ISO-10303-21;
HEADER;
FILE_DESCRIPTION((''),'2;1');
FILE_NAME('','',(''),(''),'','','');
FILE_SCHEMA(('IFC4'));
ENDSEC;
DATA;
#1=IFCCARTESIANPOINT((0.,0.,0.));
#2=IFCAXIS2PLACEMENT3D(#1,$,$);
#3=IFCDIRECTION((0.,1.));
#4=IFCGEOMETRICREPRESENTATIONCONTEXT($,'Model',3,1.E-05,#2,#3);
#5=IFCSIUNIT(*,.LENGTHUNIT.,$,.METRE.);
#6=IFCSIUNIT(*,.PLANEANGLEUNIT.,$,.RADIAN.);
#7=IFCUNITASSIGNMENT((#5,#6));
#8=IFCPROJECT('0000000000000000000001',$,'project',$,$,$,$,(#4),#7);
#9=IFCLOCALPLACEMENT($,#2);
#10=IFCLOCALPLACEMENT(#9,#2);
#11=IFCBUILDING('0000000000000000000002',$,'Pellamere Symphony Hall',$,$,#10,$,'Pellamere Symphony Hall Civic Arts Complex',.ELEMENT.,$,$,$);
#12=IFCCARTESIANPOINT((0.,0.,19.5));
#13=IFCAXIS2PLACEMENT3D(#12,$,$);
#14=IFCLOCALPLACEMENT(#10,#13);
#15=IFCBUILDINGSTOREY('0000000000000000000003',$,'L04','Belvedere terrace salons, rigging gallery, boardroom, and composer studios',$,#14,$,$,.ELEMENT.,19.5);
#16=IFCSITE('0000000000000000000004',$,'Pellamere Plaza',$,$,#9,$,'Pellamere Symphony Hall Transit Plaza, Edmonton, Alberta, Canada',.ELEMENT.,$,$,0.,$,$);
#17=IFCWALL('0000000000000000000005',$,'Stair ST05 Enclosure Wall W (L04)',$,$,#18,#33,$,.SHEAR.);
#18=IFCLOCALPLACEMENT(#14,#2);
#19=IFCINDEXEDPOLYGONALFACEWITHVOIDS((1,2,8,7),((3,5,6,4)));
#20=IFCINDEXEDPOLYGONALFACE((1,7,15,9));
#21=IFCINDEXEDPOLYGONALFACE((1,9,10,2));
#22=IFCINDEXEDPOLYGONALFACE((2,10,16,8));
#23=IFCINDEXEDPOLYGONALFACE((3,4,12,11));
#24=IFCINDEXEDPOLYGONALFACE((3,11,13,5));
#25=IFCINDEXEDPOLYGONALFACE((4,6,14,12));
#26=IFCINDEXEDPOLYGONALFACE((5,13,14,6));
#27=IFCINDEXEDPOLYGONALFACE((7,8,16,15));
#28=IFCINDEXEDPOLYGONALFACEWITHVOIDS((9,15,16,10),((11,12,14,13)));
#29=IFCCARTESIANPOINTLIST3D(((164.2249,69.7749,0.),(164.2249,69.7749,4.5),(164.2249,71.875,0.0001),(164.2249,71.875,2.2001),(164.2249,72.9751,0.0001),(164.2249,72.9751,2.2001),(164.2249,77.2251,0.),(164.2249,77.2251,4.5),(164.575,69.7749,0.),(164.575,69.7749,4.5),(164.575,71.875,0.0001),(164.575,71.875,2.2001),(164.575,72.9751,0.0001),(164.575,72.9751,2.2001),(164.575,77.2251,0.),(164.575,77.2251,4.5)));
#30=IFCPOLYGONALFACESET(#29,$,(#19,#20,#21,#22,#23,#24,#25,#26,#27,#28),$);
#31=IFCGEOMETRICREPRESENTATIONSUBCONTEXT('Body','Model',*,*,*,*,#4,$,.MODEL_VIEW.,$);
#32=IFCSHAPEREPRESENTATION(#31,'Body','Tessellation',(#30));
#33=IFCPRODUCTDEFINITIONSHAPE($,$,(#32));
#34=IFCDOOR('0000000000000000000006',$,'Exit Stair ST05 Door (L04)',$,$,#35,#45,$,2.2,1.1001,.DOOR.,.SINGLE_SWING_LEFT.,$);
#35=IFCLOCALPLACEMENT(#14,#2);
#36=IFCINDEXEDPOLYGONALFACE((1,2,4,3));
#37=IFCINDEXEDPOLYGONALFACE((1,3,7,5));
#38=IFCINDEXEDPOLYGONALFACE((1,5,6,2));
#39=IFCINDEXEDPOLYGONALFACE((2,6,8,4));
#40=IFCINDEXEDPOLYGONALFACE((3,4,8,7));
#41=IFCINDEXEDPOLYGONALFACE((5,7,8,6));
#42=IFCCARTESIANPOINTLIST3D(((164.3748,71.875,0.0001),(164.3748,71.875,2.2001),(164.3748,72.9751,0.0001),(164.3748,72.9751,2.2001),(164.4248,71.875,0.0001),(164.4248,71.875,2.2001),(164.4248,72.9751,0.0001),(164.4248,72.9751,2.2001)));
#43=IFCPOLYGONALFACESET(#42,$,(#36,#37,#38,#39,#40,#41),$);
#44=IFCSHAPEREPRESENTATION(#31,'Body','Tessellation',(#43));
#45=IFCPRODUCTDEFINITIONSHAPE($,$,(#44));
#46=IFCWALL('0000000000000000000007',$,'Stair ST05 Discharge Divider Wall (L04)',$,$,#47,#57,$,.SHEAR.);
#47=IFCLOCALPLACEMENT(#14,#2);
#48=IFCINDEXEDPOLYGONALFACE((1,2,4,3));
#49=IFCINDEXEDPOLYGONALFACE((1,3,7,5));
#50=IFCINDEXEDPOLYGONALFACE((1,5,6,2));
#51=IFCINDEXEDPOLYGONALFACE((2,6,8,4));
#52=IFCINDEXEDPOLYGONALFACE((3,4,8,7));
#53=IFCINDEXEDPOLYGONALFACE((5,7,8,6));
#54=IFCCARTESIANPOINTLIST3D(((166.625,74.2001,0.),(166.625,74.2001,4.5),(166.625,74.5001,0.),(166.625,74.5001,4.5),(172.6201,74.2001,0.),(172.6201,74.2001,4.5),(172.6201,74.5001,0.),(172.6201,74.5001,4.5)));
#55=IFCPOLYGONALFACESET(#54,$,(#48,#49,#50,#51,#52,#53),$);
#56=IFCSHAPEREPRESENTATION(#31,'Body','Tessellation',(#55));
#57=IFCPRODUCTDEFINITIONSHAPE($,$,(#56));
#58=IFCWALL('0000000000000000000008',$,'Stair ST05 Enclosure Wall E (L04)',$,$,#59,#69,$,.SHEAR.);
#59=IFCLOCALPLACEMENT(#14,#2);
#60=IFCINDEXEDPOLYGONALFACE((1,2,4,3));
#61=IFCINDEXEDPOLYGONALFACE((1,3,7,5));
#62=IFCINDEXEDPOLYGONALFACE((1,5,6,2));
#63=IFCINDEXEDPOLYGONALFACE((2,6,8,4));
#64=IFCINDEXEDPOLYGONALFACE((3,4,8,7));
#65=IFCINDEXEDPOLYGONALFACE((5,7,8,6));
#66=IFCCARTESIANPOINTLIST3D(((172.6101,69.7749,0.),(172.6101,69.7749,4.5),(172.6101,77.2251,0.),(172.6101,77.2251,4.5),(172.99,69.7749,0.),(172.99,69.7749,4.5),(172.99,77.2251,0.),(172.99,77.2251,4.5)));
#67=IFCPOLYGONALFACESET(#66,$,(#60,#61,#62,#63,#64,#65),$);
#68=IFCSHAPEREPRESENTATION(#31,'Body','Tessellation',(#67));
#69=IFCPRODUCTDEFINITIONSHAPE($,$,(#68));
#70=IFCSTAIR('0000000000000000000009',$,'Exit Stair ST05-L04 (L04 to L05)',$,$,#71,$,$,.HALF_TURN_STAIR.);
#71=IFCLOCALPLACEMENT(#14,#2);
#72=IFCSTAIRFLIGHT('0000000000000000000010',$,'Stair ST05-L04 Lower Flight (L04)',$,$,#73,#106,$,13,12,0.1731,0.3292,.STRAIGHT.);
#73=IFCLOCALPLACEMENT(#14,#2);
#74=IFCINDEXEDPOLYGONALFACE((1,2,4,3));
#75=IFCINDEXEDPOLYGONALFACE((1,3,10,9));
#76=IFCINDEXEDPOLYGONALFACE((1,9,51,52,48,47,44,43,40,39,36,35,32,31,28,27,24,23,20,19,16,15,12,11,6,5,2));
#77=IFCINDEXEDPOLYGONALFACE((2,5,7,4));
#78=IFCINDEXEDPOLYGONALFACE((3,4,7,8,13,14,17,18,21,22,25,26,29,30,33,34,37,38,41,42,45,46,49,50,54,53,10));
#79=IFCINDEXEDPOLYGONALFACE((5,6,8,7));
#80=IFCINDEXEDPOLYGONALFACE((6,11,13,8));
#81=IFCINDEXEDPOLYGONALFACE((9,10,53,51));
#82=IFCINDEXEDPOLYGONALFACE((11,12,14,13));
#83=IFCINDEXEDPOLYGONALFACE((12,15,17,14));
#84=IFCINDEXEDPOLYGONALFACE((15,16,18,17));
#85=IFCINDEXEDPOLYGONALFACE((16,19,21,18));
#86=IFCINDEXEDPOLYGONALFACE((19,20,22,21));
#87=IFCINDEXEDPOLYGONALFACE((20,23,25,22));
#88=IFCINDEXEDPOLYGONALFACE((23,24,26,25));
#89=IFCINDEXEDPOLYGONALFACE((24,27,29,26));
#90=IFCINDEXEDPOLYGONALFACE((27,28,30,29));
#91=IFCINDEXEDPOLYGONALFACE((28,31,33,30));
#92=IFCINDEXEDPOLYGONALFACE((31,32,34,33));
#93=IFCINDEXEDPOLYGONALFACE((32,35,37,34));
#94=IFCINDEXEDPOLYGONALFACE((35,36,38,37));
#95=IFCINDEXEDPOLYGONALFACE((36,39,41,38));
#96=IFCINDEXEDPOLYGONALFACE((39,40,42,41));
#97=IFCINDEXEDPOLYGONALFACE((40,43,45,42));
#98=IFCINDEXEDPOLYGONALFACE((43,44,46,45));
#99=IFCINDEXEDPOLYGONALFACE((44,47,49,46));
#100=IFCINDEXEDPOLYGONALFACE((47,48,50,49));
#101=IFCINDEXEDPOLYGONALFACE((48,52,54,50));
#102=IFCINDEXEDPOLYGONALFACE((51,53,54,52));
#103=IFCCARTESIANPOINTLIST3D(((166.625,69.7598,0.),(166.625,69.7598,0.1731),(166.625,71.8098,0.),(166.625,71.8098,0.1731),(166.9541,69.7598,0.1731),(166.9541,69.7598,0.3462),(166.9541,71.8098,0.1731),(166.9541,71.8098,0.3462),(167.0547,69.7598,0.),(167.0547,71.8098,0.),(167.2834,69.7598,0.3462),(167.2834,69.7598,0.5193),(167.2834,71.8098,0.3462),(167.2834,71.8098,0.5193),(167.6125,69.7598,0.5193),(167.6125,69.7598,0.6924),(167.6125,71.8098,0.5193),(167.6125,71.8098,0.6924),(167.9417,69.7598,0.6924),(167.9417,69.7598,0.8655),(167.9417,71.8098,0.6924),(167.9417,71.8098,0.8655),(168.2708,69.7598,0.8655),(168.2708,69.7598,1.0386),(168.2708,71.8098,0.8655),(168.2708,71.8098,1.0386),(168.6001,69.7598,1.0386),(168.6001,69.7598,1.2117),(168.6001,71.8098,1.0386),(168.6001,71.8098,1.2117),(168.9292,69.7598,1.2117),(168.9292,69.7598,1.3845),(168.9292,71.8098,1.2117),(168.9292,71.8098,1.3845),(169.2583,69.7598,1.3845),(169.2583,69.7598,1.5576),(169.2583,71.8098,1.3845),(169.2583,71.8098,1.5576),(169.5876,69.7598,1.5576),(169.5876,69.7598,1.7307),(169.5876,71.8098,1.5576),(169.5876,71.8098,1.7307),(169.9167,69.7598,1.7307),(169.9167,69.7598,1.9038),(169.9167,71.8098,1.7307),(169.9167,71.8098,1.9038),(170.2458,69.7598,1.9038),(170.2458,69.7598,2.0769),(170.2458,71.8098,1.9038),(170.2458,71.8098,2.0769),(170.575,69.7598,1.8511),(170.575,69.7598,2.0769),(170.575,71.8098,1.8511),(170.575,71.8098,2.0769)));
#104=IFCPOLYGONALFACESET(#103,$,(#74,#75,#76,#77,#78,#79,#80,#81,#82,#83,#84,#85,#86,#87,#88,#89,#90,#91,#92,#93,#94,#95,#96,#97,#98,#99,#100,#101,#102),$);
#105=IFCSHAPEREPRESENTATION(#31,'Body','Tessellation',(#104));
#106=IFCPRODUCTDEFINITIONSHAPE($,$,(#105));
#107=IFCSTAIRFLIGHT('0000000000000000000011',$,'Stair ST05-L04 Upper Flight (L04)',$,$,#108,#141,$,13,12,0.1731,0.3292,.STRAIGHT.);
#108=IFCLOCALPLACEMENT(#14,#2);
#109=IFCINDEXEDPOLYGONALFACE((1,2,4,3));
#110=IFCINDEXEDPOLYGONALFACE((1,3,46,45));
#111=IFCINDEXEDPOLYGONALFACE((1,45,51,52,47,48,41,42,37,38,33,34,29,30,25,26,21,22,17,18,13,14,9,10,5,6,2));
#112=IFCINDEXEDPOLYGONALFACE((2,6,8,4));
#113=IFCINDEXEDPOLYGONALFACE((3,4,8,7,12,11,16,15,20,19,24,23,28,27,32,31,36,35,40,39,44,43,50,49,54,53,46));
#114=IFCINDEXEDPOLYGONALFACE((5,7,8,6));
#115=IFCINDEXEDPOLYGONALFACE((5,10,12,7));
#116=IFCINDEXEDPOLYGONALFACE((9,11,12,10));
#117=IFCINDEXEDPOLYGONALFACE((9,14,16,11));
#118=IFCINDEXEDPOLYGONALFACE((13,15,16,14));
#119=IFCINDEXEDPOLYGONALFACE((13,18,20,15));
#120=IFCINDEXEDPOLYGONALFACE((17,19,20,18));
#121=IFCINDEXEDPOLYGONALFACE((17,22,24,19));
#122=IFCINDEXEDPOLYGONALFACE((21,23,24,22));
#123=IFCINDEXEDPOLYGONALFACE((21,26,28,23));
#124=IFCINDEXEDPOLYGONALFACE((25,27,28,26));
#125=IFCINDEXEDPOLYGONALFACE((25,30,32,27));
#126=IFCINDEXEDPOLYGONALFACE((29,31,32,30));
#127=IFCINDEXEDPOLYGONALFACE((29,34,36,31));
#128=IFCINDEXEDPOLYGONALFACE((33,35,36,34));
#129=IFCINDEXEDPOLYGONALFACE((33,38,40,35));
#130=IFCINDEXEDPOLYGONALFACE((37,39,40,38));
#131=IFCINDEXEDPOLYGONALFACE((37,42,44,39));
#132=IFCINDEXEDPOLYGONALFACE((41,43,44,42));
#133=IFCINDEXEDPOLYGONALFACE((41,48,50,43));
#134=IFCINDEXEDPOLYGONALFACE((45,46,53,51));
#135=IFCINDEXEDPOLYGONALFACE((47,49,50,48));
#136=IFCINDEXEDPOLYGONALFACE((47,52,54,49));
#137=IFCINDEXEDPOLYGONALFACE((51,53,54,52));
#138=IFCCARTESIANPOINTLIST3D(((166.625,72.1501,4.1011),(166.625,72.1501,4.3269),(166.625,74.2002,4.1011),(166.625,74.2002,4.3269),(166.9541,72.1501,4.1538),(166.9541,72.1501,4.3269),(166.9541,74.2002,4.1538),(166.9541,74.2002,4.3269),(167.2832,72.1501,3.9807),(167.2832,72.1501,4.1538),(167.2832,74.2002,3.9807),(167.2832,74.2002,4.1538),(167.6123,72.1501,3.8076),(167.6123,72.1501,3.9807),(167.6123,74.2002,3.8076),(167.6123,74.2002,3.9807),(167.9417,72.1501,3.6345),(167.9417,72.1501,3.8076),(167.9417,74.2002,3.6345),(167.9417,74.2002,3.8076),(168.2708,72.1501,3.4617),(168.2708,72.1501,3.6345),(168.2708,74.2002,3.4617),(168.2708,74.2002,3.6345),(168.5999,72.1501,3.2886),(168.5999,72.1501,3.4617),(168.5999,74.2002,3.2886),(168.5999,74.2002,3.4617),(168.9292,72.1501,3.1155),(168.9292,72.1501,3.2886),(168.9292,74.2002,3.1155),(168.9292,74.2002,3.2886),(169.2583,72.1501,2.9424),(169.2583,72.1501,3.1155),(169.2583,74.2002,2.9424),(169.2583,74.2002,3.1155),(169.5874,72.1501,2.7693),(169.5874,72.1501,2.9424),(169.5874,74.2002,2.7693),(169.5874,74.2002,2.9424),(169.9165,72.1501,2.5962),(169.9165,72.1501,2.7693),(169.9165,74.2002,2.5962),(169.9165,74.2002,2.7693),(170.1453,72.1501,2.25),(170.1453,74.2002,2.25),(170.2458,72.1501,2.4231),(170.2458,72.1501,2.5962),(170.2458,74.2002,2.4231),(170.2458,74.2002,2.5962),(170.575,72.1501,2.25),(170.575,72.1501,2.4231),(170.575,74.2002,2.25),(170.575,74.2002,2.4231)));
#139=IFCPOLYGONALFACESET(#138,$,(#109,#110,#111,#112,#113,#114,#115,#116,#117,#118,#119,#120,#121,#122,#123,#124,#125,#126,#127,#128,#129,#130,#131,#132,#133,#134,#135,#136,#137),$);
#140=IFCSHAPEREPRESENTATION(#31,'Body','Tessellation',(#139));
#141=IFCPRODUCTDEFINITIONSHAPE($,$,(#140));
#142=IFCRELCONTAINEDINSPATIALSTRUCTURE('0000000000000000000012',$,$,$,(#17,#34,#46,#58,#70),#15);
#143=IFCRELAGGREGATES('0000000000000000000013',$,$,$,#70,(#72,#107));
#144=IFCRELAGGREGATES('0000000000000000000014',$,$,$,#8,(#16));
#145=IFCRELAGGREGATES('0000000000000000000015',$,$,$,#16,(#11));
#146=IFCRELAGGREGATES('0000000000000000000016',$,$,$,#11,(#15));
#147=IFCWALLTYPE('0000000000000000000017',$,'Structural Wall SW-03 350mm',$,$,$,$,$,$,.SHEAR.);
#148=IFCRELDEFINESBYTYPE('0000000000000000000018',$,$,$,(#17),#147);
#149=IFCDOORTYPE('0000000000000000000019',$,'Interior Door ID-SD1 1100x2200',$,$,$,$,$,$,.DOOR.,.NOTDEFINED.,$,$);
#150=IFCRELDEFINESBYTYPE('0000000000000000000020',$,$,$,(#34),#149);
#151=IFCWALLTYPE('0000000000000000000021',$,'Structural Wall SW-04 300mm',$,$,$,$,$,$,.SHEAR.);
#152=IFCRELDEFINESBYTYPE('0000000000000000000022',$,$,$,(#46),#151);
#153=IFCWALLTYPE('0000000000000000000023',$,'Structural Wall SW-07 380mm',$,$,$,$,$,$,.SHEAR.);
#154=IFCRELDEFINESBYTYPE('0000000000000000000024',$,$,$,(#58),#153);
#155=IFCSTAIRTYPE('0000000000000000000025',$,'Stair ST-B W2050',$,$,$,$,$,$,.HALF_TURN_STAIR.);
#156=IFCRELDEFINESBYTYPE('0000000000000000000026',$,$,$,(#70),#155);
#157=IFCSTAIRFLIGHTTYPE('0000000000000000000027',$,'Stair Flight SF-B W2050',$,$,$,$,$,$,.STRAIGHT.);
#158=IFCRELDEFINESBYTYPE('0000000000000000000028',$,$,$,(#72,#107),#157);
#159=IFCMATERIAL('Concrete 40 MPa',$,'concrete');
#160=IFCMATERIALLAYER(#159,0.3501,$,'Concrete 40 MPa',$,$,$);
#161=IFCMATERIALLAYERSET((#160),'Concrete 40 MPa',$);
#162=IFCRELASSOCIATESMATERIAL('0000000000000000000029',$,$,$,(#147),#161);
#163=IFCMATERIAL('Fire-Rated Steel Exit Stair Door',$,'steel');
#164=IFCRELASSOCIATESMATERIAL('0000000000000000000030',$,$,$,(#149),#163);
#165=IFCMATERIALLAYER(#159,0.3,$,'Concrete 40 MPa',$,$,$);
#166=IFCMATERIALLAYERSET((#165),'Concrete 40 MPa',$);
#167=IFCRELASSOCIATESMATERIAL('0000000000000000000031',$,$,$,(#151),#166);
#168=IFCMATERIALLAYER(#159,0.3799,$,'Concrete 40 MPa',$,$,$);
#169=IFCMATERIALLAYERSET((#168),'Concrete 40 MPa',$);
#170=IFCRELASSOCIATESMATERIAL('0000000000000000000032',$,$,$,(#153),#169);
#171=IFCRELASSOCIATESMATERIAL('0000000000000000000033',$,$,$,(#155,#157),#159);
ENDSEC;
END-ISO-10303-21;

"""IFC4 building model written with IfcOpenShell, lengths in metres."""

from ifc_helpers import new_model, si_unit, direction, frame, frame_2d, origin, place, context, subcontext, project, spatial, polyline, rectangle, outline, extrude, material, layer, layer_set, type_object, element, fill, aggregate, save


model = new_model("IFC4")

# Units and contexts
model_context = context("Model", 3, precision=1e-05, world=origin(), true_north=direction((0.0, 1.0)))
body_context = subcontext(model_context, "Body", "Model", "MODEL_VIEW")
ifc_project = project(units=[si_unit("LENGTHUNIT", "METRE"), si_unit("PLANEANGLEUNIT", "RADIAN")], contexts=[model_context])

# Site, building, storey
site_placement = place(None, origin())
site = spatial("IfcSite", under=ifc_project, at=site_placement, Name="Pellamere Plaza", LongName="Pellamere Symphony Hall Transit Plaza, Edmonton, Alberta, Canada", CompositionType="ELEMENT", RefElevation=0.0)
building_placement = place(site_placement, origin())
building = spatial("IfcBuilding", under=site, at=building_placement, Name="Pellamere Symphony Hall", LongName="Pellamere Symphony Hall Civic Arts Complex", CompositionType="ELEMENT")
storey_placement = place(building_placement, frame((0.0, 0.0, 19.5)))
storey = spatial("IfcBuildingStorey", under=building, at=storey_placement, Name="L04", Description="Belvedere terrace salons, rigging gallery, boardroom, and composer studios", CompositionType="ELEMENT", Elevation=19.5)

# Shared definitions
ifc_material_1 = material(Name="Concrete 40 MPa", Category="concrete")

# Shared definitions
ifc_layer_1 = layer(ifc_material_1, 0.3501, Name="Concrete 40 MPa")
ifc_layer_set_1 = layer_set([ifc_layer_1], Name="Concrete 40 MPa")
wall_type_1 = type_object("IfcWallType", Name="Structural Wall SW-03 350mm", PredefinedType="SHEAR", material=ifc_layer_set_1)

# Wall, opening, door
wall_1_placement = place(storey_placement, frame((164.3999, 69.7749, 0.0), z_axis=(0.0, 0.0, 1.0), x_axis=(0.0, 1.0, 0.0)))
wall_1 = element("IfcWall", 1, at=wall_1_placement, inside=storey, type_object=wall_type_1, Name="Stair ST05 Enclosure Wall W (L04)", PredefinedType="SHEAR", context=body_context, shape_type="SweptSolid", body=[
    extrude(rectangle(XDim=7.4502, YDim=0.3501, at=frame_2d((3.7251, 0.0))), origin(), (0.0, 0.0, 1.0), 4.5),
])
opening_placement = place(wall_1_placement, frame((2.1001, 0.0, 0.0)))
opening = element("IfcOpeningElement", 2, at=opening_placement, cuts=wall_1, PredefinedType="OPENING", context=body_context, shape_type="SweptSolid", body=[
    extrude(rectangle(XDim=1.1001, YDim=2.2, at=frame_2d((0.55, 1.1001))), frame((0.0, 0.1851, 0.0), z_axis=(0.0, -1.0, 0.0), x_axis=(1.0, 0.0, 0.0)), (0.0, 0.0, 1.0), 0.3701),
])
ifc_material_2 = material(Name="Fire-Rated Steel Exit Stair Door", Category="steel")
door_type = type_object("IfcDoorType", Name="Interior Door ID-SD1 1100x2200", OperationType="NOTDEFINED", PredefinedType="DOOR", material=ifc_material_2)
door_placement = place(opening_placement, frame((1.1001, 0.0, 0.0), z_axis=(0.0, 0.0, 1.0), x_axis=(-1.0, 0.0, 0.0)))
door = element("IfcDoor", 3, at=door_placement, inside=storey, type_object=door_type, Name="Exit Stair ST05 Door (L04)", OperationType="SINGLE_SWING_LEFT", OverallHeight=2.2, OverallWidth=1.1001, PredefinedType="DOOR", context=body_context, shape_type="SweptSolid", body=[
    extrude(rectangle(XDim=1.1001, YDim=2.2, at=frame_2d((0.55, 1.1001))), frame((0.0, 0.0249, 0.0), z_axis=(0.0, -1.0, 0.0), x_axis=(1.0, 0.0, 0.0)), (0.0, 0.0, 1.0), 0.05),
])
fill(opening, door)

# Walls
ifc_layer_2 = layer(ifc_material_1, 0.3, Name="Concrete 40 MPa")
ifc_layer_set_2 = layer_set([ifc_layer_2], Name="Concrete 40 MPa")
wall_type_2 = type_object("IfcWallType", Name="Structural Wall SW-04 300mm", PredefinedType="SHEAR", material=ifc_layer_set_2)
wall_2_placement = place(storey_placement, frame((166.625, 74.3501, 0.0), z_axis=(0.0, 0.0, 1.0), x_axis=(1.0, 0.0, 0.0)))
element("IfcWall", 4, at=wall_2_placement, inside=storey, type_object=wall_type_2, Name="Stair ST05 Discharge Divider Wall (L04)", PredefinedType="SHEAR", context=body_context, shape_type="SweptSolid", body=[
    extrude(rectangle(XDim=5.9951, YDim=0.3, at=frame_2d((2.9976, 0.0))), origin(), (0.0, 0.0, 1.0), 4.5),
])
ifc_layer_3 = layer(ifc_material_1, 0.3799, Name="Concrete 40 MPa")
ifc_layer_set_3 = layer_set([ifc_layer_3], Name="Concrete 40 MPa")
wall_type_3 = type_object("IfcWallType", Name="Structural Wall SW-07 380mm", PredefinedType="SHEAR", material=ifc_layer_set_3)
wall_3_placement = place(storey_placement, frame((172.8, 69.7749, 0.0), z_axis=(0.0, 0.0, 1.0), x_axis=(0.0, 1.0, 0.0)))
element("IfcWall", 5, at=wall_3_placement, inside=storey, type_object=wall_type_3, Name="Stair ST05 Enclosure Wall E (L04)", PredefinedType="SHEAR", context=body_context, shape_type="SweptSolid", body=[
    extrude(rectangle(XDim=7.4502, YDim=0.3799, at=frame_2d((3.7251, 0.0))), origin(), (0.0, 0.0, 1.0), 4.5),
])

# Stair, stair flights
stair_type = type_object("IfcStairType", Name="Stair ST-B W2050", PredefinedType="HALF_TURN_STAIR", material=ifc_material_1)
stair_placement = place(storey_placement, origin())
stair = element("IfcStair", 6, at=stair_placement, inside=storey, type_object=stair_type, Name="Exit Stair ST05-L04 (L04 to L05)", PredefinedType="HALF_TURN_STAIR")
stair_flight_type = type_object("IfcStairFlightType", Name="Stair Flight SF-B W2050", PredefinedType="STRAIGHT", material=ifc_material_1)
stair_flight_1_placement = place(storey_placement, frame((166.625, 70.7849, 0.0), z_axis=(0.0, 0.0, 1.0), x_axis=(1.0, 0.0, 0.0)))
stair_flight_1 = element("IfcStairFlight", 7, at=stair_flight_1_placement, type_object=stair_flight_type, Name="Stair ST05-L04 Lower Flight (L04)", NumberOfRisers=13, NumberOfTreads=12, PredefinedType="STRAIGHT", RiserHeight=0.1731, TreadLength=0.3292, context=body_context, shape_type="SweptSolid", body=[
    extrude(outline(polyline([(0.0, 0.0), (0.0, 0.1731), (0.3291, 0.1731), (0.3291, 0.3462), (0.6584, 0.3462), (0.6584, 0.5193), (0.9875, 0.5193), (0.9875, 0.6924), (1.3167, 0.6924), (1.3167, 0.8655), (1.6458, 0.8655), (1.6458, 1.0386), (1.9751, 1.0386), (1.9751, 1.2117), (2.3042, 1.2117), (2.3042, 1.3845), (2.6333, 1.3845), (2.6333, 1.5576), (2.9626, 1.5576), (2.9626, 1.7307), (3.2917, 1.7307), (3.2917, 1.9038), (3.6208, 1.9038), (3.6208, 2.0769), (3.95, 2.0769), (3.95, 2.25), (3.95, 1.8511), (0.4297, 0.0), (0.0, 0.0)])), frame((0.0, 1.0249, 0.0), z_axis=(0.0, -1.0, 0.0), x_axis=(1.0, 0.0, 0.0)), (0.0, 0.0, 1.0), 2.05),
])
stair_flight_2_placement = place(storey_placement, frame((170.575, 73.175, 2.25), z_axis=(0.0, 0.0, 1.0), x_axis=(-1.0, 0.0, 0.0)))
stair_flight_2 = element("IfcStairFlight", 8, at=stair_flight_2_placement, type_object=stair_flight_type, Name="Stair ST05-L04 Upper Flight (L04)", NumberOfRisers=13, NumberOfTreads=12, PredefinedType="STRAIGHT", RiserHeight=0.1731, TreadLength=0.3292, context=body_context, shape_type="SweptSolid", body=[
    extrude(outline(polyline([(0.0, 0.0), (0.0, 0.1731), (0.3291, 0.1731), (0.3291, 0.3462), (0.6584, 0.3462), (0.6584, 0.5193), (0.9875, 0.5193), (0.9875, 0.6924), (1.3167, 0.6924), (1.3167, 0.8655), (1.6458, 0.8655), (1.6458, 1.0386), (1.9751, 1.0386), (1.9751, 1.2117), (2.3042, 1.2117), (2.3042, 1.3845), (2.6333, 1.3845), (2.6333, 1.5576), (2.9626, 1.5576), (2.9626, 1.7307), (3.2917, 1.7307), (3.2917, 1.9038), (3.6208, 1.9038), (3.6208, 2.0769), (3.95, 2.0769), (3.95, 2.25), (3.95, 1.8511), (0.4297, 0.0), (0.0, 0.0)])), frame((0.0, 1.0249, 0.0), z_axis=(0.0, -1.0, 0.0), x_axis=(1.0, 0.0, 0.0)), (0.0, 0.0, 1.0), 2.05),
])
aggregate(stair, [stair_flight_1, stair_flight_2])

save(model, "model.ifc")
